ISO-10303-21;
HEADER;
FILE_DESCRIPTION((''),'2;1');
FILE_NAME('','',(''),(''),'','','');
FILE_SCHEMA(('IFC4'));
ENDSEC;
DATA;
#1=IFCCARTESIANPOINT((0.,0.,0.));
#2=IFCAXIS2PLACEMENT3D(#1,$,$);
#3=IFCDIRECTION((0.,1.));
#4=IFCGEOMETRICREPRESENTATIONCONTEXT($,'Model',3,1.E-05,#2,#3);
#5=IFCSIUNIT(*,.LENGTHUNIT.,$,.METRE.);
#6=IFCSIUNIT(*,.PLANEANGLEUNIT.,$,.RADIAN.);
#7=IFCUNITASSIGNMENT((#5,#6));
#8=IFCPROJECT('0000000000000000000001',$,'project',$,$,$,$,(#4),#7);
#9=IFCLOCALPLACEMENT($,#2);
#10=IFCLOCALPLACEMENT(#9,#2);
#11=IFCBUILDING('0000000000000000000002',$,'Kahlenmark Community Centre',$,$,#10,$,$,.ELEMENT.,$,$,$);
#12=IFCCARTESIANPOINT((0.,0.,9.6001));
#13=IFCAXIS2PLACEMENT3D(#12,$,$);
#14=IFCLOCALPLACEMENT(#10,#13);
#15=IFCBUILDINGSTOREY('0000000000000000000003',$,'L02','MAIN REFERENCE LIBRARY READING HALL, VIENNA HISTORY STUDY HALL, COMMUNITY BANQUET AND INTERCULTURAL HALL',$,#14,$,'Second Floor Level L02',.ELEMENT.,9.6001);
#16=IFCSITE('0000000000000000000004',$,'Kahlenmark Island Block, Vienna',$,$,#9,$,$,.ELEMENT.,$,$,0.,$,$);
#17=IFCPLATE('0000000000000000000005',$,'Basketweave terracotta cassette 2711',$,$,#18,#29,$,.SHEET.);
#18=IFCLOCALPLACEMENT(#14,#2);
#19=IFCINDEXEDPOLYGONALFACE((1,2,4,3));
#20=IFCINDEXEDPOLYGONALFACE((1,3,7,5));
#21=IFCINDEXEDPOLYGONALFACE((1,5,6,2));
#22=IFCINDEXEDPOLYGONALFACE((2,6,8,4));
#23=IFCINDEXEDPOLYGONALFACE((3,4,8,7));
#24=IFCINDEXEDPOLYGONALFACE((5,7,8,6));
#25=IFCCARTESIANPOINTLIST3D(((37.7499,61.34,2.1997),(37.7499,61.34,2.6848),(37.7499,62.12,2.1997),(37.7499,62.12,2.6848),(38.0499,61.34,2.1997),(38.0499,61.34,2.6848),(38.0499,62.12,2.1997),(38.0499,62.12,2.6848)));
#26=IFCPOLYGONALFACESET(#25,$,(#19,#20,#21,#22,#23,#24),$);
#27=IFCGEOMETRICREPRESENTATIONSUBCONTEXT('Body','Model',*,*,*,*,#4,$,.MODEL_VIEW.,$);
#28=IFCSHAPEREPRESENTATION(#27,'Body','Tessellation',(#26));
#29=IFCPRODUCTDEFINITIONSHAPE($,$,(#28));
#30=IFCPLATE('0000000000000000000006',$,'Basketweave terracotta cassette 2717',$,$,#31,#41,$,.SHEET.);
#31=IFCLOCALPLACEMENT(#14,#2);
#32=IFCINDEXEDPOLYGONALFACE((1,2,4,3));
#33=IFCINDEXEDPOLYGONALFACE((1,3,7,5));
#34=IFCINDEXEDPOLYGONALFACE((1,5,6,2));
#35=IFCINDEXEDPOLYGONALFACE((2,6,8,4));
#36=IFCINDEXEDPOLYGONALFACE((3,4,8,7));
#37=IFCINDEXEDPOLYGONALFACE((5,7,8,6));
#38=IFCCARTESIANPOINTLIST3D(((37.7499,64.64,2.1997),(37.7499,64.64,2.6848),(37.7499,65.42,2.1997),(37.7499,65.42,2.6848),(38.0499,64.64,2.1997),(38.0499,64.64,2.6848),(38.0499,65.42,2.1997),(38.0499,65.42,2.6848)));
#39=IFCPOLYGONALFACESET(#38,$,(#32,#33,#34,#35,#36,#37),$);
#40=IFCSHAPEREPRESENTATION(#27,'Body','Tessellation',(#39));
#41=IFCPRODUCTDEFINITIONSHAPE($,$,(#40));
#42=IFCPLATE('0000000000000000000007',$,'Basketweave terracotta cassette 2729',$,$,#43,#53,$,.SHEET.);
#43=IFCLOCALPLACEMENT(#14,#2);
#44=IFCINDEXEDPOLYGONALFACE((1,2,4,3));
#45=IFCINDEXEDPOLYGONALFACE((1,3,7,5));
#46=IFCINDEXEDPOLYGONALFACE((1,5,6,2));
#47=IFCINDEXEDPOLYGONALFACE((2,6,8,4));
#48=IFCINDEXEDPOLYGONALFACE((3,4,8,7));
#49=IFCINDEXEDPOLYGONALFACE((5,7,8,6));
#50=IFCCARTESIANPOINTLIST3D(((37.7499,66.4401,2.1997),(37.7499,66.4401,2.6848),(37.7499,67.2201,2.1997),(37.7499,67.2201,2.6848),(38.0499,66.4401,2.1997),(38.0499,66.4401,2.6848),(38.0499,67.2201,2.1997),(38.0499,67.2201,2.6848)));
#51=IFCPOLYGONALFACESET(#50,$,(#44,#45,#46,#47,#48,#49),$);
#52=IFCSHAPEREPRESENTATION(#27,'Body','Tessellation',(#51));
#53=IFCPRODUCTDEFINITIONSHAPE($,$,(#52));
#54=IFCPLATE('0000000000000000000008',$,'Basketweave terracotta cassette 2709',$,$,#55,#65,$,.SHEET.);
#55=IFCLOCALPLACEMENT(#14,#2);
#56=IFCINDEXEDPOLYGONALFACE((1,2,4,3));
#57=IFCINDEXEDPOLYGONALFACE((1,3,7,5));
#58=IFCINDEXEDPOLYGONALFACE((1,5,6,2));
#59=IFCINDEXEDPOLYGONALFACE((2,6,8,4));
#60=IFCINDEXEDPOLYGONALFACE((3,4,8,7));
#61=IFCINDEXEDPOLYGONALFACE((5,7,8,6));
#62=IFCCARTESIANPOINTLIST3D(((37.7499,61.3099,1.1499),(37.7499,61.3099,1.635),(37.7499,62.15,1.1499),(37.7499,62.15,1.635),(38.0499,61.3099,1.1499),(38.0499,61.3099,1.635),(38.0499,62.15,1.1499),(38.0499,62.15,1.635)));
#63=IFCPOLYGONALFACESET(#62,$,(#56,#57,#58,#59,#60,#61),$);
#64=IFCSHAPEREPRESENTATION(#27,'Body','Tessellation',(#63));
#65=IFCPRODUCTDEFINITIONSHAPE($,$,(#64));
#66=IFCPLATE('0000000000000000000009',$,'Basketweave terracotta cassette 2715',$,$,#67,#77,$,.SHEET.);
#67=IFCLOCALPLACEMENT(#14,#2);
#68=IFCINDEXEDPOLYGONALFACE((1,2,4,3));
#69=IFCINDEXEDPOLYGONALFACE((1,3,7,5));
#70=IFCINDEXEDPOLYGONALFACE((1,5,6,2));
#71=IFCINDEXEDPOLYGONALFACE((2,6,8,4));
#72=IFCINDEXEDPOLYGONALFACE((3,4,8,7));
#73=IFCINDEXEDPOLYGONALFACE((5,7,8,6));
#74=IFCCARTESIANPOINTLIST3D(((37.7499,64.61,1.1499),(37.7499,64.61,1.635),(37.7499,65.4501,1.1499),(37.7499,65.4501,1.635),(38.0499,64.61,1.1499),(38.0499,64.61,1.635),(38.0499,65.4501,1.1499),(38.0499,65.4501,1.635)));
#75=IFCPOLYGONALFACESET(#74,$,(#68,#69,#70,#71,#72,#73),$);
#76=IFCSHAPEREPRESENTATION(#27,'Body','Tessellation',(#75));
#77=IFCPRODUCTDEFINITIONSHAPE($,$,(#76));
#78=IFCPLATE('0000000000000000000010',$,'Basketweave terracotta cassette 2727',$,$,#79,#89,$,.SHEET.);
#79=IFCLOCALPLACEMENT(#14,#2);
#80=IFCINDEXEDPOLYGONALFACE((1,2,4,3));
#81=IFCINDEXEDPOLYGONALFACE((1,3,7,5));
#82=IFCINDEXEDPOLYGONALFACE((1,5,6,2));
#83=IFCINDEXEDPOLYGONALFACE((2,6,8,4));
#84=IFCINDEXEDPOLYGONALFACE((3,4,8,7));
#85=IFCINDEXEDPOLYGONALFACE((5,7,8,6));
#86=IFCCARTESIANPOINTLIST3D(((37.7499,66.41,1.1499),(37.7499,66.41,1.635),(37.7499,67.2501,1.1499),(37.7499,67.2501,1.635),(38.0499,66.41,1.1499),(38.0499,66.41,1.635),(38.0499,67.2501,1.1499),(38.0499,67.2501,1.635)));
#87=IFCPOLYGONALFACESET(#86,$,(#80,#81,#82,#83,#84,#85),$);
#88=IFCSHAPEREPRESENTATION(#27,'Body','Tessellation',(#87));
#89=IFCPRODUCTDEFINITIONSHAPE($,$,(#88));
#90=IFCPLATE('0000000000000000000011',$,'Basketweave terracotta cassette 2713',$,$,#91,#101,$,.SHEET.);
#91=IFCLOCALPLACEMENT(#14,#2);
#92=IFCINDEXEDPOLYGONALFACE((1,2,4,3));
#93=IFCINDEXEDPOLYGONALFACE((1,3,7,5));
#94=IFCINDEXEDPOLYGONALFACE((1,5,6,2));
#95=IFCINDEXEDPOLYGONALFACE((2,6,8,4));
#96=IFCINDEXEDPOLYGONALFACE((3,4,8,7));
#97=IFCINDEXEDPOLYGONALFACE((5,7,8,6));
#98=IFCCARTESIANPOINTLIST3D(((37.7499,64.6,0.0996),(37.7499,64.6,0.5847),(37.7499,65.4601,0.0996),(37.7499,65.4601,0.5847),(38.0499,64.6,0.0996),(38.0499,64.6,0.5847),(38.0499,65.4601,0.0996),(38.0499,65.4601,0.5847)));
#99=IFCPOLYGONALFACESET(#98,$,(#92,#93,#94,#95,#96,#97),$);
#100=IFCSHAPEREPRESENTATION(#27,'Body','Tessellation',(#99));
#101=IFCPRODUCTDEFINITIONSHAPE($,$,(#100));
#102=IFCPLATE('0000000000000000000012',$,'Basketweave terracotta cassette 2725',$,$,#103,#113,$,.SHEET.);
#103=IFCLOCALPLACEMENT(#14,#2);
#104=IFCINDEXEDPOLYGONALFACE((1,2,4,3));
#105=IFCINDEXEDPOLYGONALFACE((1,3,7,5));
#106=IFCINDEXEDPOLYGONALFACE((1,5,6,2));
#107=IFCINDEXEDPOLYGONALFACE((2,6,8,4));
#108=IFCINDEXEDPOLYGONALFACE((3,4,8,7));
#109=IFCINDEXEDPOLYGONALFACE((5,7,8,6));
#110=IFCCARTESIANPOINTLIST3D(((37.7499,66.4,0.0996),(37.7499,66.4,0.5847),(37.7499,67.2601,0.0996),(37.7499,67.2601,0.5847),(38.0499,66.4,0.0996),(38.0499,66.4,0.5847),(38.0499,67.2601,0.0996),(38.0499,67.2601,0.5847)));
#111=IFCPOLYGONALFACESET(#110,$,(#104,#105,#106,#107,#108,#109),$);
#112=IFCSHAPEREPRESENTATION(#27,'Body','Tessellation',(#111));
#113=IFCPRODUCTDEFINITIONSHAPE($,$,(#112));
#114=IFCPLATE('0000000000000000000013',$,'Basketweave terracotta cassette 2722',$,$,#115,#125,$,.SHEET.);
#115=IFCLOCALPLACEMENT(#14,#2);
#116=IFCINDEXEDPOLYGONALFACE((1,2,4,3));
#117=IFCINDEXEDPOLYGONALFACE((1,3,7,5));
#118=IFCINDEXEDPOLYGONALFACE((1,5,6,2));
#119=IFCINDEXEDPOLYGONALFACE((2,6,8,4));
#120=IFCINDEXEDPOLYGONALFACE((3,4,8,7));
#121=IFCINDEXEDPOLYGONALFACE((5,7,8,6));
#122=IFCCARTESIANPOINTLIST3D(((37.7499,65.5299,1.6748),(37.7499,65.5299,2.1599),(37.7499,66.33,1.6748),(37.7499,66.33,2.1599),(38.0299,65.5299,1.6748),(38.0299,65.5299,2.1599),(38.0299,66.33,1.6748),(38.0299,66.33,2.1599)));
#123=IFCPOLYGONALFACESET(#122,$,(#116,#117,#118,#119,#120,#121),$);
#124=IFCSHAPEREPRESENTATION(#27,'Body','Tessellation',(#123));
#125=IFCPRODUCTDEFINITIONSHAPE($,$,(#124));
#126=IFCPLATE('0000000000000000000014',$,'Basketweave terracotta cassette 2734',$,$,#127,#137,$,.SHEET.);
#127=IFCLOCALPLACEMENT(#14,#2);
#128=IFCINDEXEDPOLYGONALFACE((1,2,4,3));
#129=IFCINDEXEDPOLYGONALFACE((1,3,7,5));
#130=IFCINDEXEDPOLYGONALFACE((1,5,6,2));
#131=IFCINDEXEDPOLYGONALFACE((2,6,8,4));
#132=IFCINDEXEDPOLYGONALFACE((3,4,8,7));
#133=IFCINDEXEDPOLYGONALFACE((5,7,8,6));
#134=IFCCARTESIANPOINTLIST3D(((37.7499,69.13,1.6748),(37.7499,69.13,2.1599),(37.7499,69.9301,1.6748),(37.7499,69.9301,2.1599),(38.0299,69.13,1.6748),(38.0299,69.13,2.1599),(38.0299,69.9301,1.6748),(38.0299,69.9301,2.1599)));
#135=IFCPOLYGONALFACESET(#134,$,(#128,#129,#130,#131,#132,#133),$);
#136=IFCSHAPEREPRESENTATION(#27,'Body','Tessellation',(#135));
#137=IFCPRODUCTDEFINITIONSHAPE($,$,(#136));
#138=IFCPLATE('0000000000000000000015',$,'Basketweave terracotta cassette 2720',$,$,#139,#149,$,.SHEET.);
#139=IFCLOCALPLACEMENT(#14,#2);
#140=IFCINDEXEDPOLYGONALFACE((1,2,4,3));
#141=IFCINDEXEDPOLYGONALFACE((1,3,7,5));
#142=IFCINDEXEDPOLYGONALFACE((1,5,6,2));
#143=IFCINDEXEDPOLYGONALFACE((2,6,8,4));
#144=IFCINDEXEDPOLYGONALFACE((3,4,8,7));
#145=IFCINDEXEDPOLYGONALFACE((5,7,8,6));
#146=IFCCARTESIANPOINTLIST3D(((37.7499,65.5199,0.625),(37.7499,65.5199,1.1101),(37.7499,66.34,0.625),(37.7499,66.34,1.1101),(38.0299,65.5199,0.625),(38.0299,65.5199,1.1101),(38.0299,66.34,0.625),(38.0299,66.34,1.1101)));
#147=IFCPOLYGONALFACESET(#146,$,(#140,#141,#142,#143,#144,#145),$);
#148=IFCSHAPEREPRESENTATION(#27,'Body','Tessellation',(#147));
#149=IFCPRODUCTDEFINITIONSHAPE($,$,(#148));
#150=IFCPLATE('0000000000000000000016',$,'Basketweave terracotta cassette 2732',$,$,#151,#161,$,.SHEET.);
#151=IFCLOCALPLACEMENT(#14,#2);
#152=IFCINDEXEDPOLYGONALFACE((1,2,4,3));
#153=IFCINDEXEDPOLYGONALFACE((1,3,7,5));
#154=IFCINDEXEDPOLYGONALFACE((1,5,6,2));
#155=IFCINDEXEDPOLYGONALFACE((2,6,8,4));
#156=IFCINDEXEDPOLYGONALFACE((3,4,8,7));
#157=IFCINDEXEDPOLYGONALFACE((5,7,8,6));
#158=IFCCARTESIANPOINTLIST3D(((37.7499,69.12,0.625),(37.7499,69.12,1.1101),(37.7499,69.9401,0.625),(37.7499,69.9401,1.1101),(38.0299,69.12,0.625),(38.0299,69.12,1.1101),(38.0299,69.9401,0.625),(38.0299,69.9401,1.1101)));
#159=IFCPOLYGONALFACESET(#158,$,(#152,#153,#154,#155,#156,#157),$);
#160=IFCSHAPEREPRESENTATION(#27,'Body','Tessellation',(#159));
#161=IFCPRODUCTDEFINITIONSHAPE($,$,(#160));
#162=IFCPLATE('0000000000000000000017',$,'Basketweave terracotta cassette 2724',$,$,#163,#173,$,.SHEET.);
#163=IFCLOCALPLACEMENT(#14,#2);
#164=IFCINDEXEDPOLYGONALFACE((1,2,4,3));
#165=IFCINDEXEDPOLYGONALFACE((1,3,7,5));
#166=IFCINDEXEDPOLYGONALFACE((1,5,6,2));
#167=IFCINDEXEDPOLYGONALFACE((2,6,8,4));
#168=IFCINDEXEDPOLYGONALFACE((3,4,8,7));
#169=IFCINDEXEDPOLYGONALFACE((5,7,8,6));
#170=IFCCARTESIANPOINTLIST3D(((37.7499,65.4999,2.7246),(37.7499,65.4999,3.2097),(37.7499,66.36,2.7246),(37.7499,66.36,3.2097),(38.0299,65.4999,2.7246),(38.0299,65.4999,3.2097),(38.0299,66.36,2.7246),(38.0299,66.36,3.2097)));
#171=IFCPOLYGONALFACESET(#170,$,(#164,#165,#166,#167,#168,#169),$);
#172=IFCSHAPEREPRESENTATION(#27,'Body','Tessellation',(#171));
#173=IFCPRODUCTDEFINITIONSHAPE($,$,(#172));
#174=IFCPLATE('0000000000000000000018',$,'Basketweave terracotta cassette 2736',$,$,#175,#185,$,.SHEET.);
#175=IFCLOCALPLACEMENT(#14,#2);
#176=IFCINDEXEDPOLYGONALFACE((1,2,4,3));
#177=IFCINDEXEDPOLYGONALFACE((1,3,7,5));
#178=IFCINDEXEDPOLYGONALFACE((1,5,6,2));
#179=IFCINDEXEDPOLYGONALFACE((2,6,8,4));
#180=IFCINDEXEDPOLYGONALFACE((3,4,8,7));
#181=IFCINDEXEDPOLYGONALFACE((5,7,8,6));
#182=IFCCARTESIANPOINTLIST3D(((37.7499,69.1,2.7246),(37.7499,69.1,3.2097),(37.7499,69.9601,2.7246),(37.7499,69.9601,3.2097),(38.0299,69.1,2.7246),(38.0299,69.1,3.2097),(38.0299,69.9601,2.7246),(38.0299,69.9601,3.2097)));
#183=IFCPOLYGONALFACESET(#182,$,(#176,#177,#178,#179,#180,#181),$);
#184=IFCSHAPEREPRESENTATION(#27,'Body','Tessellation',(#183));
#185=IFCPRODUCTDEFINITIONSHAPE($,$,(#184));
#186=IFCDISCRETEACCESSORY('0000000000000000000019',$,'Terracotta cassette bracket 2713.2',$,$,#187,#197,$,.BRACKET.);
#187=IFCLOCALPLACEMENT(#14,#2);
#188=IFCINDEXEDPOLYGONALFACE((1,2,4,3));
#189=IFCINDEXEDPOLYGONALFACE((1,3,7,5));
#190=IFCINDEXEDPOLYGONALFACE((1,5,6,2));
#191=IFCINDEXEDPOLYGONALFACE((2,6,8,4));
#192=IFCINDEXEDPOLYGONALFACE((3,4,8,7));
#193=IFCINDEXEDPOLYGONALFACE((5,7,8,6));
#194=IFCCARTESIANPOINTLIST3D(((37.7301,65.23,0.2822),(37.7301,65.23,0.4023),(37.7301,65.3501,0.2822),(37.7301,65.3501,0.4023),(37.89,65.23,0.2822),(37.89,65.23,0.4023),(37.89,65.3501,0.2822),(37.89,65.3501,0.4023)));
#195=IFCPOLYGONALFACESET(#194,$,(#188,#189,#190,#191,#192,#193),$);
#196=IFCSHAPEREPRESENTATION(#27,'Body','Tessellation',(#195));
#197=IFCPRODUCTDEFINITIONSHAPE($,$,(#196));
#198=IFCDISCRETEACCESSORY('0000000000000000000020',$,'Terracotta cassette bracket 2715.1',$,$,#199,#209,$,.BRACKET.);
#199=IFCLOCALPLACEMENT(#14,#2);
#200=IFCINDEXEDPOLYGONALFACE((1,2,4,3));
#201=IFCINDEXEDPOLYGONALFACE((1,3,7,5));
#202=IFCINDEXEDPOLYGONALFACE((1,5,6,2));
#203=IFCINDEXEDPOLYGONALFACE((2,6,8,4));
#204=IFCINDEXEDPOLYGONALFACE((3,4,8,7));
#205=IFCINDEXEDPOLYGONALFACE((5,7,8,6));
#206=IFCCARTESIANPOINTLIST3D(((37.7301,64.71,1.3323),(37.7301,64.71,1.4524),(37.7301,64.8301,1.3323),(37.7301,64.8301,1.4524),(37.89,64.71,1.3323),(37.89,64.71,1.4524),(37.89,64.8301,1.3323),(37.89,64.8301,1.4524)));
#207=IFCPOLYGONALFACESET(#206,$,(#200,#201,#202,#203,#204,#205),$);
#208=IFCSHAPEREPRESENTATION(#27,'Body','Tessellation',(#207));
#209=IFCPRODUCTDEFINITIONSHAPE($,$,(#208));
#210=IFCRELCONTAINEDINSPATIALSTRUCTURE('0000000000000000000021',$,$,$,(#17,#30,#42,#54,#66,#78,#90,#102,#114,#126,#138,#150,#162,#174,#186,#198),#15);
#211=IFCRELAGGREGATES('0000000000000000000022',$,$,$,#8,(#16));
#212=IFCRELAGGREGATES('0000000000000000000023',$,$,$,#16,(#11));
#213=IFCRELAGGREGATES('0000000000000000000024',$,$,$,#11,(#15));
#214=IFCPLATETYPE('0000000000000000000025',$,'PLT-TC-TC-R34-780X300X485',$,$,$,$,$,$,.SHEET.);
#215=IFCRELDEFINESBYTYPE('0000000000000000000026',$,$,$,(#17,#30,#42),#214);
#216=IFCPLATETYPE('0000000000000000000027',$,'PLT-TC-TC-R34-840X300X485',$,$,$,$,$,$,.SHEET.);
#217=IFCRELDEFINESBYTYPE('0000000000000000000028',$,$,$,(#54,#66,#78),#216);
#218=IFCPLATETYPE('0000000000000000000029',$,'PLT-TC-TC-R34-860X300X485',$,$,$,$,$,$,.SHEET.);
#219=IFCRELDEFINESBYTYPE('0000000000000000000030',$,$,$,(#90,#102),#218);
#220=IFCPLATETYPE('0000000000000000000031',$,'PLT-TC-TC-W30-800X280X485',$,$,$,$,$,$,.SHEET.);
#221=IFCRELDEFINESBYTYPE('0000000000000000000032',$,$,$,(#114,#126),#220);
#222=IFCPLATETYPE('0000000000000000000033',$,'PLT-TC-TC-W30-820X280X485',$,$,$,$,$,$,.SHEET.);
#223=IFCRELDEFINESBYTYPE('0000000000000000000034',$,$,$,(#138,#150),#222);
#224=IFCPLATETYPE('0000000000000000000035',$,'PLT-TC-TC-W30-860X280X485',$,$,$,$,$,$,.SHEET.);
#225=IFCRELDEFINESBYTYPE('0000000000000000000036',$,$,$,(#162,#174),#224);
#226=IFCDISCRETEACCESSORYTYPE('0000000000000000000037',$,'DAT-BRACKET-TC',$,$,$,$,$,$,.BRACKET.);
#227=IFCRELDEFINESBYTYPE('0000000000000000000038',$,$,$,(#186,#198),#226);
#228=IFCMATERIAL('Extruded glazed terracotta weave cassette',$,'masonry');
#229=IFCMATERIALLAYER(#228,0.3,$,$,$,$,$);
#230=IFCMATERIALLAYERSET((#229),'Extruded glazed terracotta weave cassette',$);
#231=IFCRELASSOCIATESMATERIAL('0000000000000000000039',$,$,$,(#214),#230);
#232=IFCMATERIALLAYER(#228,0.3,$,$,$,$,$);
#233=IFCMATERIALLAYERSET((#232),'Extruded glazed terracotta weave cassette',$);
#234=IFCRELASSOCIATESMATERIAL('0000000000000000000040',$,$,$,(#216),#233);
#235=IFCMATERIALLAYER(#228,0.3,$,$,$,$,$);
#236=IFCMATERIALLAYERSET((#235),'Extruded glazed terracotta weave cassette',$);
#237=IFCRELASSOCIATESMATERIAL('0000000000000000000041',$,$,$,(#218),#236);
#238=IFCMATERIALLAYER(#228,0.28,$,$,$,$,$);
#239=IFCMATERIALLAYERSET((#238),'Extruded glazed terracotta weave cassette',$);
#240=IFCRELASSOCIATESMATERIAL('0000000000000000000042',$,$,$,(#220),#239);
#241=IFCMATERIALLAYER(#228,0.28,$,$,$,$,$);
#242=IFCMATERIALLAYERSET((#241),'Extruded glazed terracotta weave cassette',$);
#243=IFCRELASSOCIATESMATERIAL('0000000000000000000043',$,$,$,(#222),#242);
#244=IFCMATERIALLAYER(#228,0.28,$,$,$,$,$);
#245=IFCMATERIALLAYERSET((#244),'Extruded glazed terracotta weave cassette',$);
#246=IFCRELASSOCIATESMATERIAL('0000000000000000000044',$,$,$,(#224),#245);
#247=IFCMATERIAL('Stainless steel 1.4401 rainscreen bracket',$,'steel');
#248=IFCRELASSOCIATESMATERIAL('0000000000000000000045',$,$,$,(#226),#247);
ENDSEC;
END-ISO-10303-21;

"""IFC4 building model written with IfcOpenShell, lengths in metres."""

from ifc_helpers import new_model, si_unit, direction, frame, origin, origin_2d, place, context, subcontext, project, spatial, rectangle, extrude, material, layer, layer_set, type_object, element, save


model = new_model("IFC4")

# Units and contexts
model_context = context("Model", 3, precision=1e-05, world=origin(), true_north=direction((0.0, 1.0)))
body_context = subcontext(model_context, "Body", "Model", "MODEL_VIEW")
ifc_project = project(units=[si_unit("LENGTHUNIT", "METRE"), si_unit("PLANEANGLEUNIT", "RADIAN")], contexts=[model_context])

# Site, building, storey
site_placement = place(None, origin())
site = spatial("IfcSite", under=ifc_project, at=site_placement, Name="Kahlenmark Island Block, Vienna", CompositionType="ELEMENT", RefElevation=0.0)
building_placement = place(site_placement, origin())
building = spatial("IfcBuilding", under=site, at=building_placement, Name="Kahlenmark Community Centre", CompositionType="ELEMENT")
storey_placement = place(building_placement, frame((0.0, 0.0, 9.6001)))
storey = spatial("IfcBuildingStorey", under=building, at=storey_placement, Name="L02", Description="MAIN REFERENCE LIBRARY READING HALL, VIENNA HISTORY STUDY HALL, COMMUNITY BANQUET AND INTERCULTURAL HALL", LongName="Second Floor Level L02", CompositionType="ELEMENT", Elevation=9.6001)

# Plates
ifc_material_1 = material(Name="Extruded glazed terracotta weave cassette", Category="masonry")
ifc_layer_1 = layer(ifc_material_1, 0.3)
ifc_layer_set_1 = layer_set([ifc_layer_1], Name="Extruded glazed terracotta weave cassette")
plate_type_1 = type_object("IfcPlateType", Name="PLT-TC-TC-R34-780X300X485", PredefinedType="SHEET", material=ifc_layer_set_1)
for number, where, z_axis, x_axis, name in (
    (1, (37.8999, 61.73, 2.1997), (0.0, 0.0, 1.0), (0.0, 1.0, 0.0), "Basketweave terracotta cassette 2711"),
    (2, (37.8999, 65.03, 2.1997), (0.0, 0.0, 1.0), (0.0, 1.0, 0.0), "Basketweave terracotta cassette 2717"),
    (3, (37.8999, 66.8301, 2.1997), (0.0, 0.0, 1.0), (0.0, 1.0, 0.0), "Basketweave terracotta cassette 2729"),
):
    element("IfcPlate", number, at=place(storey_placement, frame(where, z_axis=z_axis, x_axis=x_axis)), inside=storey, type_object=plate_type_1, Name=name, PredefinedType="SHEET", context=body_context, shape_type="SweptSolid", body=[
        extrude(rectangle(XDim=0.78, YDim=0.3, at=origin_2d()), origin(), (0.0, 0.0, 1.0), 0.4851),
    ])
ifc_layer_2 = layer(ifc_material_1, 0.3)
ifc_layer_set_2 = layer_set([ifc_layer_2], Name="Extruded glazed terracotta weave cassette")
plate_type_2 = type_object("IfcPlateType", Name="PLT-TC-TC-R34-840X300X485", PredefinedType="SHEET", material=ifc_layer_set_2)
for number, where, z_axis, x_axis, name in (
    (4, (37.8999, 61.73, 1.1499), (0.0, 0.0, 1.0), (0.0, 1.0, 0.0), "Basketweave terracotta cassette 2709"),
    (5, (37.8999, 65.03, 1.1499), (0.0, 0.0, 1.0), (0.0, 1.0, 0.0), "Basketweave terracotta cassette 2715"),
    (6, (37.8999, 66.8301, 1.1499), (0.0, 0.0, 1.0), (0.0, 1.0, 0.0), "Basketweave terracotta cassette 2727"),
):
    element("IfcPlate", number, at=place(storey_placement, frame(where, z_axis=z_axis, x_axis=x_axis)), inside=storey, type_object=plate_type_2, Name=name, PredefinedType="SHEET", context=body_context, shape_type="SweptSolid", body=[
        extrude(rectangle(XDim=0.8401, YDim=0.3, at=origin_2d()), origin(), (0.0, 0.0, 1.0), 0.4851),
    ])
ifc_layer_3 = layer(ifc_material_1, 0.3)
ifc_layer_set_3 = layer_set([ifc_layer_3], Name="Extruded glazed terracotta weave cassette")
plate_type_3 = type_object("IfcPlateType", Name="PLT-TC-TC-R34-860X300X485", PredefinedType="SHEET", material=ifc_layer_set_3)
for number, where, z_axis, x_axis, name in (
    (7, (37.8999, 65.03, 0.0996), (0.0, 0.0, 1.0), (0.0, 1.0, 0.0), "Basketweave terracotta cassette 2713"),
    (8, (37.8999, 66.8301, 0.0996), (0.0, 0.0, 1.0), (0.0, 1.0, 0.0), "Basketweave terracotta cassette 2725"),
):
    element("IfcPlate", number, at=place(storey_placement, frame(where, z_axis=z_axis, x_axis=x_axis)), inside=storey, type_object=plate_type_3, Name=name, PredefinedType="SHEET", context=body_context, shape_type="SweptSolid", body=[
        extrude(rectangle(XDim=0.8601, YDim=0.3, at=origin_2d()), origin(), (0.0, 0.0, 1.0), 0.4851),
    ])
ifc_layer_4 = layer(ifc_material_1, 0.28)
ifc_layer_set_4 = layer_set([ifc_layer_4], Name="Extruded glazed terracotta weave cassette")
plate_type_4 = type_object("IfcPlateType", Name="PLT-TC-TC-W30-800X280X485", PredefinedType="SHEET", material=ifc_layer_set_4)
for number, where, z_axis, x_axis, name in (
    (9, (37.8899, 65.9299, 1.6748), (0.0, 0.0, 1.0), (0.0, 1.0, 0.0), "Basketweave terracotta cassette 2722"),
    (10, (37.8899, 69.53, 1.6748), (0.0, 0.0, 1.0), (0.0, 1.0, 0.0), "Basketweave terracotta cassette 2734"),
):
    element("IfcPlate", number, at=place(storey_placement, frame(where, z_axis=z_axis, x_axis=x_axis)), inside=storey, type_object=plate_type_4, Name=name, PredefinedType="SHEET", context=body_context, shape_type="SweptSolid", body=[
        extrude(rectangle(XDim=0.8, YDim=0.28, at=origin_2d()), origin(), (0.0, 0.0, 1.0), 0.4851),
    ])
ifc_layer_5 = layer(ifc_material_1, 0.28)
ifc_layer_set_5 = layer_set([ifc_layer_5], Name="Extruded glazed terracotta weave cassette")
plate_type_5 = type_object("IfcPlateType", Name="PLT-TC-TC-W30-820X280X485", PredefinedType="SHEET", material=ifc_layer_set_5)
for number, where, z_axis, x_axis, name in (
    (11, (37.8899, 65.9299, 0.625), (0.0, 0.0, 1.0), (0.0, 1.0, 0.0), "Basketweave terracotta cassette 2720"),
    (12, (37.8899, 69.53, 0.625), (0.0, 0.0, 1.0), (0.0, 1.0, 0.0), "Basketweave terracotta cassette 2732"),
):
    element("IfcPlate", number, at=place(storey_placement, frame(where, z_axis=z_axis, x_axis=x_axis)), inside=storey, type_object=plate_type_5, Name=name, PredefinedType="SHEET", context=body_context, shape_type="SweptSolid", body=[
        extrude(rectangle(XDim=0.8201, YDim=0.28, at=origin_2d()), origin(), (0.0, 0.0, 1.0), 0.4851),
    ])
ifc_layer_6 = layer(ifc_material_1, 0.28)
ifc_layer_set_6 = layer_set([ifc_layer_6], Name="Extruded glazed terracotta weave cassette")
plate_type_6 = type_object("IfcPlateType", Name="PLT-TC-TC-W30-860X280X485", PredefinedType="SHEET", material=ifc_layer_set_6)
for number, where, z_axis, x_axis, name in (
    (13, (37.8899, 65.9299, 2.7246), (0.0, 0.0, 1.0), (0.0, 1.0, 0.0), "Basketweave terracotta cassette 2724"),
    (14, (37.8899, 69.53, 2.7246), (0.0, 0.0, 1.0), (0.0, 1.0, 0.0), "Basketweave terracotta cassette 2736"),
):
    element("IfcPlate", number, at=place(storey_placement, frame(where, z_axis=z_axis, x_axis=x_axis)), inside=storey, type_object=plate_type_6, Name=name, PredefinedType="SHEET", context=body_context, shape_type="SweptSolid", body=[
        extrude(rectangle(XDim=0.8601, YDim=0.28, at=origin_2d()), origin(), (0.0, 0.0, 1.0), 0.4851),
    ])

# Discrete accessories
ifc_material_2 = material(Name="Stainless steel 1.4401 rainscreen bracket", Category="steel")
discrete_accessory_type = type_object("IfcDiscreteAccessoryType", Name="DAT-BRACKET-TC", PredefinedType="BRACKET", material=ifc_material_2)
for number, where, z_axis, x_axis, name in (
    (15, (37.8101, 65.29, 0.2822), (0.0, 0.0, 1.0), (0.0, 1.0, 0.0), "Terracotta cassette bracket 2713.2"),
    (16, (37.8101, 64.77, 1.3323), (0.0, 0.0, 1.0), (0.0, 1.0, 0.0), "Terracotta cassette bracket 2715.1"),
):
    element("IfcDiscreteAccessory", number, at=place(storey_placement, frame(where, z_axis=z_axis, x_axis=x_axis)), inside=storey, type_object=discrete_accessory_type, Name=name, PredefinedType="BRACKET", context=body_context, shape_type="SweptSolid", body=[
        extrude(rectangle(XDim=0.1201, YDim=0.1599, at=origin_2d()), origin(), (0.0, 0.0, 1.0), 0.1201),
    ])

save(model, "model.ifc")
